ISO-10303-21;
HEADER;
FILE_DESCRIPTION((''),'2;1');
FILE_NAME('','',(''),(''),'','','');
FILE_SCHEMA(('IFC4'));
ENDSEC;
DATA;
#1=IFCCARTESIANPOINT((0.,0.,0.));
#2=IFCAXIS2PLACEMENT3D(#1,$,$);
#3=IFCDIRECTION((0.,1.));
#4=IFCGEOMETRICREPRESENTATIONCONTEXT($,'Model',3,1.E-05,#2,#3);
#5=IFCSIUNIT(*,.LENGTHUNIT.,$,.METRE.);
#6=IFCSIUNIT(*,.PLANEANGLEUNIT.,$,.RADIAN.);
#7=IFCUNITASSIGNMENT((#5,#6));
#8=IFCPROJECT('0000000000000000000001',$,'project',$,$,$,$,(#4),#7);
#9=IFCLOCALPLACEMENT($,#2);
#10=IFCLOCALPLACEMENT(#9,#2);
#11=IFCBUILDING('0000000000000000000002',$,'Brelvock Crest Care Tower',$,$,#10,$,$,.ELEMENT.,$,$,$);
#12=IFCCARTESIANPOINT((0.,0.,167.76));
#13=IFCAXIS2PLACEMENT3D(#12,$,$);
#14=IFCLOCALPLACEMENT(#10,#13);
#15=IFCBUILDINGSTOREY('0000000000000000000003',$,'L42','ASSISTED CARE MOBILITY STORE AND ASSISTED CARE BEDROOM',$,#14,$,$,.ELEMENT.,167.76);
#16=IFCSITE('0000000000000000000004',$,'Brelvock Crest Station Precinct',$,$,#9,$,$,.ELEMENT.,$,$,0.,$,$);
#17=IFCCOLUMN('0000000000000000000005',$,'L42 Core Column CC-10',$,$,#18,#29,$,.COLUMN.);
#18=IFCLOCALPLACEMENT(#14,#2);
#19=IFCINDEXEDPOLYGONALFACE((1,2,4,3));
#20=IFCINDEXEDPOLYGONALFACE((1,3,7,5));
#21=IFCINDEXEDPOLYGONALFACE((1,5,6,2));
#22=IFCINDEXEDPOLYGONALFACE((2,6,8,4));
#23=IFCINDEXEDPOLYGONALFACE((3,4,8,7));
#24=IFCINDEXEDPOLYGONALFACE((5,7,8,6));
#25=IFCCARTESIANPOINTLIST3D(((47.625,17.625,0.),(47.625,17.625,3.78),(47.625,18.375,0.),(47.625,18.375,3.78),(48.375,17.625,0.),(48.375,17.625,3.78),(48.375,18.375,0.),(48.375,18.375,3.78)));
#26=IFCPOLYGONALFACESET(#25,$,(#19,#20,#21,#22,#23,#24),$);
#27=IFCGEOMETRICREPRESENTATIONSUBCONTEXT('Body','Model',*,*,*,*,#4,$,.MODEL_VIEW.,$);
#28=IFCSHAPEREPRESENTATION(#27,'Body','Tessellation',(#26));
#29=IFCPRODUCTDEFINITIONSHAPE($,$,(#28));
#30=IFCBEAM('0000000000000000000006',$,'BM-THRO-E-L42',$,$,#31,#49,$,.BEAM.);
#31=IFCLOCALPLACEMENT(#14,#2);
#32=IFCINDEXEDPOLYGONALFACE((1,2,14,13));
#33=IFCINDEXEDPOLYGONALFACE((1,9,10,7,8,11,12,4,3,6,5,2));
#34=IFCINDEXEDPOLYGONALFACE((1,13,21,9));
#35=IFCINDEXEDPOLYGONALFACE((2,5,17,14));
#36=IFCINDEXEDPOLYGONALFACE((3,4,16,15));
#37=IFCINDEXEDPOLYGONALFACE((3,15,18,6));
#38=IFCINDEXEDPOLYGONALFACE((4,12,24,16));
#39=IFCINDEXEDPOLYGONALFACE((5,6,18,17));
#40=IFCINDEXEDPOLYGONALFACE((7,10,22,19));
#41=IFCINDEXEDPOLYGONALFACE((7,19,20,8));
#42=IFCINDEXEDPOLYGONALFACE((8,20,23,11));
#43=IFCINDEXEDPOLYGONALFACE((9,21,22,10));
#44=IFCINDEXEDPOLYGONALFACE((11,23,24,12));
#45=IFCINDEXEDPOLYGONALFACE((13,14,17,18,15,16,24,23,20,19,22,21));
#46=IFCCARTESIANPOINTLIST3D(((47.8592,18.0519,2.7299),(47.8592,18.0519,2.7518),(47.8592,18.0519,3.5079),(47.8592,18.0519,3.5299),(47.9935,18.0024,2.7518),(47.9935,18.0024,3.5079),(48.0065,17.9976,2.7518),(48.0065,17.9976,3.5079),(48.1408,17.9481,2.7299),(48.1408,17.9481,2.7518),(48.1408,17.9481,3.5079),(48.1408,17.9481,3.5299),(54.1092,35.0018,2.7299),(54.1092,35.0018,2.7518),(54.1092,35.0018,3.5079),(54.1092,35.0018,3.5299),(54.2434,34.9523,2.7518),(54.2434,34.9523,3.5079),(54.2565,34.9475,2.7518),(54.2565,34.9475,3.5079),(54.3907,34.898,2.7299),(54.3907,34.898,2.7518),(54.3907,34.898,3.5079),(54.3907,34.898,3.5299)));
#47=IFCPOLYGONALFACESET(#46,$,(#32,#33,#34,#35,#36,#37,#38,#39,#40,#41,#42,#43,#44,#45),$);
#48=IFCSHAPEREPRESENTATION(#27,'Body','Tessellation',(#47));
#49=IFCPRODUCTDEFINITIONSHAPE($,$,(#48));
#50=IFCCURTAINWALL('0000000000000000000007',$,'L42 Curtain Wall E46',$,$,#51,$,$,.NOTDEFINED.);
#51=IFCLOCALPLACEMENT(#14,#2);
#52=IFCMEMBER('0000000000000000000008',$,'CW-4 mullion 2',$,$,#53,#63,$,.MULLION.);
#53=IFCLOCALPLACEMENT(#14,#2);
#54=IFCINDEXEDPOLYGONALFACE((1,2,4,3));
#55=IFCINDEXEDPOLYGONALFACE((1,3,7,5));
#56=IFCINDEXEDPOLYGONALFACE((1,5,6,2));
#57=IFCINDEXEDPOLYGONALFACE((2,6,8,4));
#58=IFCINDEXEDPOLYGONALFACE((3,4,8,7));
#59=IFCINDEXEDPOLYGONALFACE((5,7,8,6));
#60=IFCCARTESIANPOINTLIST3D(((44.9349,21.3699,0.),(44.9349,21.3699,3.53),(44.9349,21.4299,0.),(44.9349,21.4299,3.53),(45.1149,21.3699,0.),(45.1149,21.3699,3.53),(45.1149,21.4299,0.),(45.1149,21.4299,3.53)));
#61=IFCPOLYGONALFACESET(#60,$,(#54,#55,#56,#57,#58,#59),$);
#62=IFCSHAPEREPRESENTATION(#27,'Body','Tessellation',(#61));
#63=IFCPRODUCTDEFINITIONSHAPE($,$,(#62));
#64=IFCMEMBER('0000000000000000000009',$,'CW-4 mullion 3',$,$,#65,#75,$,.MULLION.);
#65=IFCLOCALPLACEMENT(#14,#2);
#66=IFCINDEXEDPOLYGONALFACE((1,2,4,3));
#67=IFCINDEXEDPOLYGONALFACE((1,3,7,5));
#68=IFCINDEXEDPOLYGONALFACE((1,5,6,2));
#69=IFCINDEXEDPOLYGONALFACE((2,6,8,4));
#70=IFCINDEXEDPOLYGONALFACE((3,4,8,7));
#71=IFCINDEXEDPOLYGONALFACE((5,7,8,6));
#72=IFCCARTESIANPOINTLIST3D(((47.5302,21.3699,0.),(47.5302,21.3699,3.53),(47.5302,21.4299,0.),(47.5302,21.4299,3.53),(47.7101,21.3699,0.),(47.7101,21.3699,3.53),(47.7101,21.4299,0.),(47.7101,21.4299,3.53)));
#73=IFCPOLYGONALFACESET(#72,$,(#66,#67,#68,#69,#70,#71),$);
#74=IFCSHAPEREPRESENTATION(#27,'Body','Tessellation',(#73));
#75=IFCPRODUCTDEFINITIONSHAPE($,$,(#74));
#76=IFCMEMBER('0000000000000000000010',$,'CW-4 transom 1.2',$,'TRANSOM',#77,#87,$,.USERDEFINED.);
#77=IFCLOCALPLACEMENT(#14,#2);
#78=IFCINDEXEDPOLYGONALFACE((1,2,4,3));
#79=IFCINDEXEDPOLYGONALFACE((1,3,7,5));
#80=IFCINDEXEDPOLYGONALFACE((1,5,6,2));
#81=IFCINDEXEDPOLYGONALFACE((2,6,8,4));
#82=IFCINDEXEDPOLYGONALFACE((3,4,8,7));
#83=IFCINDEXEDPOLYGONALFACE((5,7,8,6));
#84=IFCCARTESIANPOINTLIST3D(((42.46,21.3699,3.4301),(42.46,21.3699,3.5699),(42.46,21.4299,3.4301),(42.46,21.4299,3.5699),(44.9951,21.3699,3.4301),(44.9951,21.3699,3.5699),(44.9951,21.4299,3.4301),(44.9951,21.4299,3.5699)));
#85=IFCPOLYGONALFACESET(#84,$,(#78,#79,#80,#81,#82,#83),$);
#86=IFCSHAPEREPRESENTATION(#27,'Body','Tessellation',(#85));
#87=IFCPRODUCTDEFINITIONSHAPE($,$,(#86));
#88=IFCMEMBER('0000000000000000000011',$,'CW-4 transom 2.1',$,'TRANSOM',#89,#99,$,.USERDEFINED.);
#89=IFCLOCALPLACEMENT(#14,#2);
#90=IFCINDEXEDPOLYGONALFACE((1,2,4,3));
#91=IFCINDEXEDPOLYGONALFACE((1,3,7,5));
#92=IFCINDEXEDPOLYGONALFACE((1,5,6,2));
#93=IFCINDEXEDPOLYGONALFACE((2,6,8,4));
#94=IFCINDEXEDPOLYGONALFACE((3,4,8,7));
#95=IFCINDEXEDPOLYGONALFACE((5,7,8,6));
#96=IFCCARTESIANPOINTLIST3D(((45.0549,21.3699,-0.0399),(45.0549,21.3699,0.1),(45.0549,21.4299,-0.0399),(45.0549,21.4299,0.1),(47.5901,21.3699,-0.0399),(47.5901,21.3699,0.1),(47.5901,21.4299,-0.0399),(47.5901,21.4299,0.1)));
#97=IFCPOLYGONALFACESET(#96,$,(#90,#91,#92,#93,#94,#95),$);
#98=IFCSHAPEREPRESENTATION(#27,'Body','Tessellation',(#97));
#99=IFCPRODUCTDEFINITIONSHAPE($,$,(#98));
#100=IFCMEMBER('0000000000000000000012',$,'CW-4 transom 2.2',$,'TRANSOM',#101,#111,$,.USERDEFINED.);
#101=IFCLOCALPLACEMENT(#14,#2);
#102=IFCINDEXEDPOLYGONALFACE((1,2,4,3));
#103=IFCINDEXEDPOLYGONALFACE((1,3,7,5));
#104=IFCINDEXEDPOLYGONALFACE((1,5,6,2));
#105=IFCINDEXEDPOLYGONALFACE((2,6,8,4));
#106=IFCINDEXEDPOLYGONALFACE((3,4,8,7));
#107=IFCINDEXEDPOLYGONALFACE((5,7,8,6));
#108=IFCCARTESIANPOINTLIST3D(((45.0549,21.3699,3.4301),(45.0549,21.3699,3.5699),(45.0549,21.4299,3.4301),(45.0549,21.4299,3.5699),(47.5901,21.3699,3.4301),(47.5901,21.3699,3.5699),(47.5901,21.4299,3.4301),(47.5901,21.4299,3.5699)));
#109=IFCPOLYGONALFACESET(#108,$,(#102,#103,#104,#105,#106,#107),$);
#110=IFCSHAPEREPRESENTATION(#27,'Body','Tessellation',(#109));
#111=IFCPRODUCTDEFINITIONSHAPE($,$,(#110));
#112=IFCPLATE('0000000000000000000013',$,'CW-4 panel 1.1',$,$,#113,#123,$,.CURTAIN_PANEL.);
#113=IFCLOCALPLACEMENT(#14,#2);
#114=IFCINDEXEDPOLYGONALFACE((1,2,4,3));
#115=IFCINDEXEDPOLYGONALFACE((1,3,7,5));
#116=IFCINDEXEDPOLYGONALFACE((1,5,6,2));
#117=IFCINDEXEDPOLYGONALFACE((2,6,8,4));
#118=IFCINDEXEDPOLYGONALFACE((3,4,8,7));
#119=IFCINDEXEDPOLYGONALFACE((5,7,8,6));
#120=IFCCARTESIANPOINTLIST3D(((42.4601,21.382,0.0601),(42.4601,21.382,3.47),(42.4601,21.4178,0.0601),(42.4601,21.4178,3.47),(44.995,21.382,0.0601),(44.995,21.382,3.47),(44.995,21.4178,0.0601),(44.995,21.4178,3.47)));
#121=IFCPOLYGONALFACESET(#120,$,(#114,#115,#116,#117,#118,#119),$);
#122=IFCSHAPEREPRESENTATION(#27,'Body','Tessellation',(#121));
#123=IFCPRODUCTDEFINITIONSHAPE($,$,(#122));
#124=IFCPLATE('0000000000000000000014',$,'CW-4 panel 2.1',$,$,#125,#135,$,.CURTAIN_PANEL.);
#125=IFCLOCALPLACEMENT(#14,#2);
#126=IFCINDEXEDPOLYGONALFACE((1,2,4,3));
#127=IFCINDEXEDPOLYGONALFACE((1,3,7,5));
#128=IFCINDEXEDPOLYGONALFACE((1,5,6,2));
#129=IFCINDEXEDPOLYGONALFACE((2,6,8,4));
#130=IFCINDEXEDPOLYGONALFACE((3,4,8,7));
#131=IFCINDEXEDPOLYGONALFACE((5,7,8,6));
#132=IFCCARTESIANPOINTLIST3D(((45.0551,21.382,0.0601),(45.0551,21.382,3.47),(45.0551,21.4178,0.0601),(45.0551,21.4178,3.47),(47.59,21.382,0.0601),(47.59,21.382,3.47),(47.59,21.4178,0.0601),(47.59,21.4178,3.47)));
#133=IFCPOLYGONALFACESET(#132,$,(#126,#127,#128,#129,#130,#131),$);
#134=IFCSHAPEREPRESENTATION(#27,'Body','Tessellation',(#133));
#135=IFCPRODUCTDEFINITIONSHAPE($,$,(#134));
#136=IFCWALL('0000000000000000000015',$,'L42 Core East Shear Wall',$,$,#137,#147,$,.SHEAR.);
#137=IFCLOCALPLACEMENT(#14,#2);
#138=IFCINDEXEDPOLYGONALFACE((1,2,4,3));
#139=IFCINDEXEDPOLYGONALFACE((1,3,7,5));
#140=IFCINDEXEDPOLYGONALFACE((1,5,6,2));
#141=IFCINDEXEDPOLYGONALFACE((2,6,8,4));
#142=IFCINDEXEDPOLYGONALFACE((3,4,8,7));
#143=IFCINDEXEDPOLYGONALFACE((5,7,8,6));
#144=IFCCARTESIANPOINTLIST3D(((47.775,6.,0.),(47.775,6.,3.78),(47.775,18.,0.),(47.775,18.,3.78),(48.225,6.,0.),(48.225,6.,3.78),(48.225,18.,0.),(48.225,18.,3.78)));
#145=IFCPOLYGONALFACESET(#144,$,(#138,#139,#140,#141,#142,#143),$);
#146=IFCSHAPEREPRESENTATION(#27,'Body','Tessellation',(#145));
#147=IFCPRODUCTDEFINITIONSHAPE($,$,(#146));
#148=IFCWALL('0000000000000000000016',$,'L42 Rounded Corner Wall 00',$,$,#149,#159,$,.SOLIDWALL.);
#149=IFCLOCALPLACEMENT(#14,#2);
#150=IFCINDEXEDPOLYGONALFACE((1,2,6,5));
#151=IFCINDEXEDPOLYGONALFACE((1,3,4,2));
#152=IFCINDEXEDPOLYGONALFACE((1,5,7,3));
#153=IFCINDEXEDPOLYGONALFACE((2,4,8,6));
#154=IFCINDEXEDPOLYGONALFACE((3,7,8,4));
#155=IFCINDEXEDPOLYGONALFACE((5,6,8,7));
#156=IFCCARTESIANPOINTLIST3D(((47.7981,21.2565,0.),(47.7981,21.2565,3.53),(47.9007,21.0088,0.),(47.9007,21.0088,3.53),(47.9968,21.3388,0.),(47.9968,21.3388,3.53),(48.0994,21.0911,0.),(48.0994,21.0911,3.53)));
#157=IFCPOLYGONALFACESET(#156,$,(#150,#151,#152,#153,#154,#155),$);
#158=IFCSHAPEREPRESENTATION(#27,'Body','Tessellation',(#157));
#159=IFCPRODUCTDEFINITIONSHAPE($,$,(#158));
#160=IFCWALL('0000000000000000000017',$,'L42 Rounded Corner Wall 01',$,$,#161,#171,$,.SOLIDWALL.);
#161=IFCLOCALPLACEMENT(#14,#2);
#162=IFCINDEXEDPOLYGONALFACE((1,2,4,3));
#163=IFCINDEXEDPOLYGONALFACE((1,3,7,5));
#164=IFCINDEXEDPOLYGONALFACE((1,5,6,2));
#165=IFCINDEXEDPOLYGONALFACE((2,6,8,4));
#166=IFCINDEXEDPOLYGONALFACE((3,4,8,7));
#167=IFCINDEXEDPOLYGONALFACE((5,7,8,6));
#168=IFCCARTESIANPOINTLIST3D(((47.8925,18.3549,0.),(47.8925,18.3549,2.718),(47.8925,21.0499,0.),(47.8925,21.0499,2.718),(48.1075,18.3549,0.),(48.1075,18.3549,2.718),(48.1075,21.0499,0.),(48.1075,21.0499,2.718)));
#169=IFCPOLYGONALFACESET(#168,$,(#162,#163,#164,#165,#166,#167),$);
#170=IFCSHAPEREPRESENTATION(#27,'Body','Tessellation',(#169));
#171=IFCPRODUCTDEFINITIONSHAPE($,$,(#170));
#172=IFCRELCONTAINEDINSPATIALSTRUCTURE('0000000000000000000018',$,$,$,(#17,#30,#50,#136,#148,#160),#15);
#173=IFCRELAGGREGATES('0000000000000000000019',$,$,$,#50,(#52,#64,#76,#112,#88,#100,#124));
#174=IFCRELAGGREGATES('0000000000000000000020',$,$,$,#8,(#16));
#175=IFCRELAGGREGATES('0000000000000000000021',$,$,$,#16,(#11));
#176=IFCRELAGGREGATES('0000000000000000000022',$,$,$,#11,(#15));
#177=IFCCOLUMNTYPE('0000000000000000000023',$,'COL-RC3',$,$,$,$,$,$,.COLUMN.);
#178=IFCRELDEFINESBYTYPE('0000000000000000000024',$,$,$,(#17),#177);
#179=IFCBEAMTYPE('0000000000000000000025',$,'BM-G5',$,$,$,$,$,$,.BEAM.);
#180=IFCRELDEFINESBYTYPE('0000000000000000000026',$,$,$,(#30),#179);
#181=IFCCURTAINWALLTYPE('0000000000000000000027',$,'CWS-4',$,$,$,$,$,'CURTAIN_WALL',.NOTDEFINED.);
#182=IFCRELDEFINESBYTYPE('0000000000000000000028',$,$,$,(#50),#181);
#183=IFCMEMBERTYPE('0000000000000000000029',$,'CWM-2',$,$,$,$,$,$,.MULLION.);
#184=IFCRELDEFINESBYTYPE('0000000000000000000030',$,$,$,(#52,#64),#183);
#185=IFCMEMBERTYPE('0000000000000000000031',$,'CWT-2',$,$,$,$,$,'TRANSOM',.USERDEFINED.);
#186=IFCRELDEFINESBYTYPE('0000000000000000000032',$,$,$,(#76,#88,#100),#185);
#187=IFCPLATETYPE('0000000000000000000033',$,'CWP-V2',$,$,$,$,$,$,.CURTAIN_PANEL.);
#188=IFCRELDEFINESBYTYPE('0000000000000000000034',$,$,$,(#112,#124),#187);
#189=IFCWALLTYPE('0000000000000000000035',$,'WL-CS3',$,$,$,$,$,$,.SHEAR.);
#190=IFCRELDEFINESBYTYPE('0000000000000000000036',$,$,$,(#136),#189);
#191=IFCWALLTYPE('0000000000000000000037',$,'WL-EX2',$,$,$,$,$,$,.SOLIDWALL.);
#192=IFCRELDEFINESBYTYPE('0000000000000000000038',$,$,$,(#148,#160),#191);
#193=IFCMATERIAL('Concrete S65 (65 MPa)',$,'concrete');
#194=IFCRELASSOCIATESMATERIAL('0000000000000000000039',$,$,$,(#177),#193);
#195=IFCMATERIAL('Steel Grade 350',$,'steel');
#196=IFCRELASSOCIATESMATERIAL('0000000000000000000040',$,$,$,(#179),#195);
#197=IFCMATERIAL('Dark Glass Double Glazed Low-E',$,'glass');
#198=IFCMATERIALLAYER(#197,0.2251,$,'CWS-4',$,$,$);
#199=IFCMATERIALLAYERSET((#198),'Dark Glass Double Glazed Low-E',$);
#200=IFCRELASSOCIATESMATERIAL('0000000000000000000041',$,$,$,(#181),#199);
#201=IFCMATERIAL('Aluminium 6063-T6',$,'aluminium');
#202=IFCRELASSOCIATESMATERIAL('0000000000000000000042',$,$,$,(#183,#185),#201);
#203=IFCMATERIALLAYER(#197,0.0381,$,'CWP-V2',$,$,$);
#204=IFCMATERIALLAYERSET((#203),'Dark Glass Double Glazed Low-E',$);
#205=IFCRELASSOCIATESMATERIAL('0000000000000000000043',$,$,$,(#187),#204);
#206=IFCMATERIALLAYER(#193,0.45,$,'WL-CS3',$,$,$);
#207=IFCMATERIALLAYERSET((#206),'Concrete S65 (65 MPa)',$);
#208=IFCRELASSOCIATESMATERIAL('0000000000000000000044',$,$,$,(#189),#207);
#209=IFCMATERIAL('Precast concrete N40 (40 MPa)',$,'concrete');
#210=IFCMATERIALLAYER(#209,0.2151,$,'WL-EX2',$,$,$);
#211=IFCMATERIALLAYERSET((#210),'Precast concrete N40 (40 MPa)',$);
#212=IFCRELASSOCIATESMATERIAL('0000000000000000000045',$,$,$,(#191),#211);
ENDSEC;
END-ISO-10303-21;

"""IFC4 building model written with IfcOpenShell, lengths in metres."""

from ifc_helpers import new_model, si_unit, direction, frame, frame_2d, origin, origin_2d, place, context, subcontext, project, spatial, rectangle, i_section, extrude, source, transform, mapped, material, layer, layer_set, material_profile, profile_set, type_object, element, aggregate, save


model = new_model("IFC4")

# Units and contexts
model_context = context("Model", 3, precision=1e-05, world=origin(), true_north=direction((0.0, 1.0)))
body_context = subcontext(model_context, "Body", "Model", "MODEL_VIEW")
ifc_project = project(units=[si_unit("LENGTHUNIT", "METRE"), si_unit("PLANEANGLEUNIT", "RADIAN")], contexts=[model_context])

# Site, building, storey
site_placement = place(None, origin())
site = spatial("IfcSite", under=ifc_project, at=site_placement, Name="Brelvock Crest Station Precinct", CompositionType="ELEMENT", RefElevation=0.0)
building_placement = place(site_placement, origin())
building = spatial("IfcBuilding", under=site, at=building_placement, Name="Brelvock Crest Care Tower", CompositionType="ELEMENT")
storey_placement = place(building_placement, frame((0.0, 0.0, 167.76)))
storey = spatial("IfcBuildingStorey", under=building, at=storey_placement, Name="L42", Description="ASSISTED CARE MOBILITY STORE AND ASSISTED CARE BEDROOM", CompositionType="ELEMENT", Elevation=167.76)

# Column
ifc_material_1 = material(Name="Concrete S65 (65 MPa)", Category="concrete")
ifc_material_profile_1 = material_profile(ifc_material_1, rectangle(XDim=0.75, YDim=0.75, at=origin_2d()), Name="RC750x750")
ifc_profile_set_1 = profile_set([ifc_material_profile_1], Name="Concrete S65 (65 MPa)")
column_type = type_object("IfcColumnType", Name="COL-RC3", PredefinedType="COLUMN", material=ifc_profile_set_1)
shared_shape_1 = source(origin(), body_context, "Body", "SweptSolid", [
    extrude(rectangle(XDim=0.75, YDim=0.75, at=origin_2d()), origin(), (0.0, 0.0, 1.0), 3.78),
])
column_placement = place(storey_placement, frame((48.0, 18.0, 0.0), z_axis=(0.0, 0.0, 1.0), x_axis=(1.0, 0.0, 0.0)))
element("IfcColumn", 1, at=column_placement, inside=storey, type_object=column_type, Name="L42 Core Column CC-10", PredefinedType="COLUMN", context=body_context, shape_type="MappedRepresentation", body=[
    mapped(shared_shape_1, transform((0.0, 0.0, 0.0), x_axis=(1.0, 0.0, 0.0), y_axis=(0.0, 1.0, 0.0), z_axis=(0.0, 0.0, 1.0), scale=1.0)),
])

# Beam
ifc_material_2 = material(Name="Steel Grade 350", Category="steel")
ifc_material_profile_2 = material_profile(ifc_material_2, i_section(OverallWidth=0.3, OverallDepth=0.8, WebThickness=0.0139, FlangeThickness=0.022, at=origin_2d()), Name="800WB192")
ifc_profile_set_2 = profile_set([ifc_material_profile_2], Name="Steel Grade 350")
beam_type = type_object("IfcBeamType", Name="BM-G5", PredefinedType="BEAM", material=ifc_profile_set_2)
shared_shape_2 = source(origin(), body_context, "Body", "SweptSolid", [
    extrude(i_section(OverallWidth=0.3, OverallDepth=0.8, WebThickness=0.0139, FlangeThickness=0.022, at=origin_2d()), origin(), (0.0, 0.0, 1.0), 18.0654),
])
beam_placement = place(storey_placement, frame((48.0, 18.0, 3.1299), z_axis=(0.345963, 0.938248, 0.0), x_axis=(-0.938248, 0.345963, 0.0)))
element("IfcBeam", 2, at=beam_placement, inside=storey, type_object=beam_type, Name="BM-THRO-E-L42", PredefinedType="BEAM", context=body_context, shape_type="MappedRepresentation", body=[
    mapped(shared_shape_2, transform((0.0, 0.0, 0.0), x_axis=(1.0, 0.0, 0.0), y_axis=(0.0, 1.0, 0.0), z_axis=(0.0, 0.0, 1.0), scale=1.0)),
])

# Curtain wall, members, plates
ifc_material_3 = material(Name="Dark Glass Double Glazed Low-E", Category="glass")
ifc_layer_1 = layer(ifc_material_3, 0.2251, Name="CWS-4")
ifc_layer_set_1 = layer_set([ifc_layer_1], Name="Dark Glass Double Glazed Low-E")
curtain_wall_type = type_object("IfcCurtainWallType", Name="CWS-4", ElementType="CURTAIN_WALL", PredefinedType="NOTDEFINED", material=ifc_layer_set_1)
curtain_wall_placement = place(storey_placement, origin())
curtain_wall = element("IfcCurtainWall", 3, at=curtain_wall_placement, inside=storey, type_object=curtain_wall_type, Name="L42 Curtain Wall E46", PredefinedType="NOTDEFINED")
ifc_material_4 = material(Name="Aluminium 6063-T6", Category="aluminium")
ifc_material_profile_3 = material_profile(ifc_material_4, rectangle(XDim=0.0601, YDim=0.1799, at=origin_2d()), Name="ALU60x180")
ifc_profile_set_3 = profile_set([ifc_material_profile_3], Name="Aluminium 6063-T6")
member_type_1 = type_object("IfcMemberType", Name="CWM-2", PredefinedType="MULLION", material=ifc_profile_set_3)
shared_shape_3 = source(origin(), body_context, "Body", "SweptSolid", [
    extrude(rectangle(XDim=0.0601, YDim=0.1799, at=origin_2d()), origin(), (0.0, 0.0, 1.0), 3.53),
])
member_1_placement = place(storey_placement, frame((45.0249, 21.3999, 0.0), z_axis=(0.0, 0.0, 1.0), x_axis=(0.0, 1.0, 0.0)))
member_1 = element("IfcMember", 4, at=member_1_placement, type_object=member_type_1, Name="CW-4 mullion 2", PredefinedType="MULLION", context=body_context, shape_type="MappedRepresentation", body=[
    mapped(shared_shape_3, transform((0.0, 0.0, 0.0), x_axis=(1.0, 0.0, 0.0), y_axis=(0.0, 1.0, 0.0), z_axis=(0.0, 0.0, 1.0), scale=1.0)),
])
member_2_placement = place(storey_placement, frame((47.6201, 21.3999, 0.0), z_axis=(0.0, 0.0, 1.0), x_axis=(0.0, 1.0, 0.0)))
member_2 = element("IfcMember", 5, at=member_2_placement, type_object=member_type_1, Name="CW-4 mullion 3", PredefinedType="MULLION", context=body_context, shape_type="MappedRepresentation", body=[
    mapped(shared_shape_3, transform((0.0, 0.0, 0.0), x_axis=(1.0, 0.0, 0.0), y_axis=(0.0, 1.0, 0.0), z_axis=(0.0, 0.0, 1.0), scale=1.0)),
])
ifc_material_profile_4 = material_profile(ifc_material_4, rectangle(XDim=0.0601, YDim=0.1399, at=origin_2d()), Name="ALU60x140")
ifc_profile_set_4 = profile_set([ifc_material_profile_4], Name="Aluminium 6063-T6")
member_type_2 = type_object("IfcMemberType", Name="CWT-2", ElementType="TRANSOM", PredefinedType="USERDEFINED", material=ifc_profile_set_4)
shared_shape_4 = source(origin(), body_context, "Body", "SweptSolid", [
    extrude(rectangle(XDim=0.0601, YDim=0.1399, at=origin_2d()), origin(), (0.0, 0.0, 1.0), 2.5352),
])
member_3_placement = place(storey_placement, frame((42.46, 21.3999, 3.5), z_axis=(1.0, 0.0, 0.0), x_axis=(0.0, 1.0, 0.0)))
member_3 = element("IfcMember", 6, at=member_3_placement, type_object=member_type_2, Name="CW-4 transom 1.2", ObjectType="TRANSOM", PredefinedType="USERDEFINED", context=body_context, shape_type="MappedRepresentation", body=[
    mapped(shared_shape_4, transform((0.0, 0.0, 0.0), x_axis=(1.0, 0.0, 0.0), y_axis=(0.0, 1.0, 0.0), z_axis=(0.0, 0.0, 1.0), scale=1.0)),
])
member_4_placement = place(storey_placement, frame((45.0549, 21.3999, 0.03), z_axis=(1.0, 0.0, 0.0), x_axis=(0.0, 1.0, 0.0)))
member_4 = element("IfcMember", 7, at=member_4_placement, type_object=member_type_2, Name="CW-4 transom 2.1", ObjectType="TRANSOM", PredefinedType="USERDEFINED", context=body_context, shape_type="MappedRepresentation", body=[
    mapped(shared_shape_4, transform((0.0, 0.0, 0.0), x_axis=(1.0, 0.0, 0.0), y_axis=(0.0, 1.0, 0.0), z_axis=(0.0, 0.0, 1.0), scale=1.0)),
])
member_5_placement = place(storey_placement, frame((45.0549, 21.3999, 3.5), z_axis=(1.0, 0.0, 0.0), x_axis=(0.0, 1.0, 0.0)))
member_5 = element("IfcMember", 8, at=member_5_placement, type_object=member_type_2, Name="CW-4 transom 2.2", ObjectType="TRANSOM", PredefinedType="USERDEFINED", context=body_context, shape_type="MappedRepresentation", body=[
    mapped(shared_shape_4, transform((0.0, 0.0, 0.0), x_axis=(1.0, 0.0, 0.0), y_axis=(0.0, 1.0, 0.0), z_axis=(0.0, 0.0, 1.0), scale=1.0)),
])
ifc_layer_2 = layer(ifc_material_3, 0.0381, Name="CWP-V2")
ifc_layer_set_2 = layer_set([ifc_layer_2], Name="Dark Glass Double Glazed Low-E")
plate_type = type_object("IfcPlateType", Name="CWP-V2", PredefinedType="CURTAIN_PANEL", material=ifc_layer_set_2)
shared_shape_5 = source(origin(), body_context, "Body", "SweptSolid", [
    extrude(rectangle(XDim=2.5349, YDim=0.0359, at=origin_2d()), origin(), (0.0, 0.0, 1.0), 3.4099),
])
plate_1_placement = place(storey_placement, frame((43.7275, 21.3999, 0.0601), z_axis=(0.0, 0.0, 1.0), x_axis=(1.0, 0.0, 0.0)))
plate_1 = element("IfcPlate", 9, at=plate_1_placement, type_object=plate_type, Name="CW-4 panel 1.1", PredefinedType="CURTAIN_PANEL", context=body_context, shape_type="MappedRepresentation", body=[
    mapped(shared_shape_5, transform((0.0, 0.0, 0.0), x_axis=(1.0, 0.0, 0.0), y_axis=(0.0, 1.0, 0.0), z_axis=(0.0, 0.0, 1.0), scale=1.0)),
])
plate_2_placement = place(storey_placement, frame((46.3225, 21.3999, 0.0601), z_axis=(0.0, 0.0, 1.0), x_axis=(1.0, 0.0, 0.0)))
plate_2 = element("IfcPlate", 10, at=plate_2_placement, type_object=plate_type, Name="CW-4 panel 2.1", PredefinedType="CURTAIN_PANEL", context=body_context, shape_type="MappedRepresentation", body=[
    mapped(shared_shape_5, transform((0.0, 0.0, 0.0), x_axis=(1.0, 0.0, 0.0), y_axis=(0.0, 1.0, 0.0), z_axis=(0.0, 0.0, 1.0), scale=1.0)),
])
aggregate(curtain_wall, [member_1, member_2, member_3, plate_1, member_4, member_5, plate_2])

# Walls
ifc_layer_3 = layer(ifc_material_1, 0.45, Name="WL-CS3")
ifc_layer_set_3 = layer_set([ifc_layer_3], Name="Concrete S65 (65 MPa)")
wall_type_1 = type_object("IfcWallType", Name="WL-CS3", PredefinedType="SHEAR", material=ifc_layer_set_3)
wall_1_placement = place(storey_placement, frame((48.0, 18.0, 0.0), z_axis=(0.0, 0.0, 1.0), x_axis=(0.0, -1.0, 0.0)))
element("IfcWall", 11, at=wall_1_placement, inside=storey, type_object=wall_type_1, Name="L42 Core East Shear Wall", PredefinedType="SHEAR", context=body_context, shape_type="SweptSolid", body=[
    extrude(rectangle(XDim=12.0, YDim=0.45, at=frame_2d((6.0, 0.0))), origin(), (0.0, 0.0, 1.0), 3.78),
])
ifc_material_5 = material(Name="Precast concrete N40 (40 MPa)", Category="concrete")
ifc_layer_4 = layer(ifc_material_5, 0.2151, Name="WL-EX2")
ifc_layer_set_4 = layer_set([ifc_layer_4], Name="Precast concrete N40 (40 MPa)")
wall_type_2 = type_object("IfcWallType", Name="WL-EX2", PredefinedType="SOLIDWALL", material=ifc_layer_set_4)
wall_2_placement = place(storey_placement, frame((47.8975, 21.2976, 0.0), z_axis=(0.0, 0.0, 1.0), x_axis=(0.382674, -0.923884, 0.0)))
element("IfcWall", 12, at=wall_2_placement, inside=storey, type_object=wall_type_2, Name="L42 Rounded Corner Wall 00", PredefinedType="SOLIDWALL", context=body_context, shape_type="SweptSolid", body=[
    extrude(rectangle(XDim=0.2681, YDim=0.2151, at=frame_2d((0.134, 0.0))), origin(), (0.0, 0.0, 1.0), 3.53),
])
wall_3_placement = place(storey_placement, frame((48.0, 21.05, 0.0), z_axis=(0.0, 0.0, 1.0), x_axis=(0.0, -1.0, 0.0)))
element("IfcWall", 13, at=wall_3_placement, inside=storey, type_object=wall_type_2, Name="L42 Rounded Corner Wall 01", PredefinedType="SOLIDWALL", context=body_context, shape_type="SweptSolid", body=[
    extrude(rectangle(XDim=2.6951, YDim=0.2151, at=frame_2d((1.3477, 0.0))), origin(), (0.0, 0.0, 1.0), 2.718),
])

save(model, "model.ifc")
